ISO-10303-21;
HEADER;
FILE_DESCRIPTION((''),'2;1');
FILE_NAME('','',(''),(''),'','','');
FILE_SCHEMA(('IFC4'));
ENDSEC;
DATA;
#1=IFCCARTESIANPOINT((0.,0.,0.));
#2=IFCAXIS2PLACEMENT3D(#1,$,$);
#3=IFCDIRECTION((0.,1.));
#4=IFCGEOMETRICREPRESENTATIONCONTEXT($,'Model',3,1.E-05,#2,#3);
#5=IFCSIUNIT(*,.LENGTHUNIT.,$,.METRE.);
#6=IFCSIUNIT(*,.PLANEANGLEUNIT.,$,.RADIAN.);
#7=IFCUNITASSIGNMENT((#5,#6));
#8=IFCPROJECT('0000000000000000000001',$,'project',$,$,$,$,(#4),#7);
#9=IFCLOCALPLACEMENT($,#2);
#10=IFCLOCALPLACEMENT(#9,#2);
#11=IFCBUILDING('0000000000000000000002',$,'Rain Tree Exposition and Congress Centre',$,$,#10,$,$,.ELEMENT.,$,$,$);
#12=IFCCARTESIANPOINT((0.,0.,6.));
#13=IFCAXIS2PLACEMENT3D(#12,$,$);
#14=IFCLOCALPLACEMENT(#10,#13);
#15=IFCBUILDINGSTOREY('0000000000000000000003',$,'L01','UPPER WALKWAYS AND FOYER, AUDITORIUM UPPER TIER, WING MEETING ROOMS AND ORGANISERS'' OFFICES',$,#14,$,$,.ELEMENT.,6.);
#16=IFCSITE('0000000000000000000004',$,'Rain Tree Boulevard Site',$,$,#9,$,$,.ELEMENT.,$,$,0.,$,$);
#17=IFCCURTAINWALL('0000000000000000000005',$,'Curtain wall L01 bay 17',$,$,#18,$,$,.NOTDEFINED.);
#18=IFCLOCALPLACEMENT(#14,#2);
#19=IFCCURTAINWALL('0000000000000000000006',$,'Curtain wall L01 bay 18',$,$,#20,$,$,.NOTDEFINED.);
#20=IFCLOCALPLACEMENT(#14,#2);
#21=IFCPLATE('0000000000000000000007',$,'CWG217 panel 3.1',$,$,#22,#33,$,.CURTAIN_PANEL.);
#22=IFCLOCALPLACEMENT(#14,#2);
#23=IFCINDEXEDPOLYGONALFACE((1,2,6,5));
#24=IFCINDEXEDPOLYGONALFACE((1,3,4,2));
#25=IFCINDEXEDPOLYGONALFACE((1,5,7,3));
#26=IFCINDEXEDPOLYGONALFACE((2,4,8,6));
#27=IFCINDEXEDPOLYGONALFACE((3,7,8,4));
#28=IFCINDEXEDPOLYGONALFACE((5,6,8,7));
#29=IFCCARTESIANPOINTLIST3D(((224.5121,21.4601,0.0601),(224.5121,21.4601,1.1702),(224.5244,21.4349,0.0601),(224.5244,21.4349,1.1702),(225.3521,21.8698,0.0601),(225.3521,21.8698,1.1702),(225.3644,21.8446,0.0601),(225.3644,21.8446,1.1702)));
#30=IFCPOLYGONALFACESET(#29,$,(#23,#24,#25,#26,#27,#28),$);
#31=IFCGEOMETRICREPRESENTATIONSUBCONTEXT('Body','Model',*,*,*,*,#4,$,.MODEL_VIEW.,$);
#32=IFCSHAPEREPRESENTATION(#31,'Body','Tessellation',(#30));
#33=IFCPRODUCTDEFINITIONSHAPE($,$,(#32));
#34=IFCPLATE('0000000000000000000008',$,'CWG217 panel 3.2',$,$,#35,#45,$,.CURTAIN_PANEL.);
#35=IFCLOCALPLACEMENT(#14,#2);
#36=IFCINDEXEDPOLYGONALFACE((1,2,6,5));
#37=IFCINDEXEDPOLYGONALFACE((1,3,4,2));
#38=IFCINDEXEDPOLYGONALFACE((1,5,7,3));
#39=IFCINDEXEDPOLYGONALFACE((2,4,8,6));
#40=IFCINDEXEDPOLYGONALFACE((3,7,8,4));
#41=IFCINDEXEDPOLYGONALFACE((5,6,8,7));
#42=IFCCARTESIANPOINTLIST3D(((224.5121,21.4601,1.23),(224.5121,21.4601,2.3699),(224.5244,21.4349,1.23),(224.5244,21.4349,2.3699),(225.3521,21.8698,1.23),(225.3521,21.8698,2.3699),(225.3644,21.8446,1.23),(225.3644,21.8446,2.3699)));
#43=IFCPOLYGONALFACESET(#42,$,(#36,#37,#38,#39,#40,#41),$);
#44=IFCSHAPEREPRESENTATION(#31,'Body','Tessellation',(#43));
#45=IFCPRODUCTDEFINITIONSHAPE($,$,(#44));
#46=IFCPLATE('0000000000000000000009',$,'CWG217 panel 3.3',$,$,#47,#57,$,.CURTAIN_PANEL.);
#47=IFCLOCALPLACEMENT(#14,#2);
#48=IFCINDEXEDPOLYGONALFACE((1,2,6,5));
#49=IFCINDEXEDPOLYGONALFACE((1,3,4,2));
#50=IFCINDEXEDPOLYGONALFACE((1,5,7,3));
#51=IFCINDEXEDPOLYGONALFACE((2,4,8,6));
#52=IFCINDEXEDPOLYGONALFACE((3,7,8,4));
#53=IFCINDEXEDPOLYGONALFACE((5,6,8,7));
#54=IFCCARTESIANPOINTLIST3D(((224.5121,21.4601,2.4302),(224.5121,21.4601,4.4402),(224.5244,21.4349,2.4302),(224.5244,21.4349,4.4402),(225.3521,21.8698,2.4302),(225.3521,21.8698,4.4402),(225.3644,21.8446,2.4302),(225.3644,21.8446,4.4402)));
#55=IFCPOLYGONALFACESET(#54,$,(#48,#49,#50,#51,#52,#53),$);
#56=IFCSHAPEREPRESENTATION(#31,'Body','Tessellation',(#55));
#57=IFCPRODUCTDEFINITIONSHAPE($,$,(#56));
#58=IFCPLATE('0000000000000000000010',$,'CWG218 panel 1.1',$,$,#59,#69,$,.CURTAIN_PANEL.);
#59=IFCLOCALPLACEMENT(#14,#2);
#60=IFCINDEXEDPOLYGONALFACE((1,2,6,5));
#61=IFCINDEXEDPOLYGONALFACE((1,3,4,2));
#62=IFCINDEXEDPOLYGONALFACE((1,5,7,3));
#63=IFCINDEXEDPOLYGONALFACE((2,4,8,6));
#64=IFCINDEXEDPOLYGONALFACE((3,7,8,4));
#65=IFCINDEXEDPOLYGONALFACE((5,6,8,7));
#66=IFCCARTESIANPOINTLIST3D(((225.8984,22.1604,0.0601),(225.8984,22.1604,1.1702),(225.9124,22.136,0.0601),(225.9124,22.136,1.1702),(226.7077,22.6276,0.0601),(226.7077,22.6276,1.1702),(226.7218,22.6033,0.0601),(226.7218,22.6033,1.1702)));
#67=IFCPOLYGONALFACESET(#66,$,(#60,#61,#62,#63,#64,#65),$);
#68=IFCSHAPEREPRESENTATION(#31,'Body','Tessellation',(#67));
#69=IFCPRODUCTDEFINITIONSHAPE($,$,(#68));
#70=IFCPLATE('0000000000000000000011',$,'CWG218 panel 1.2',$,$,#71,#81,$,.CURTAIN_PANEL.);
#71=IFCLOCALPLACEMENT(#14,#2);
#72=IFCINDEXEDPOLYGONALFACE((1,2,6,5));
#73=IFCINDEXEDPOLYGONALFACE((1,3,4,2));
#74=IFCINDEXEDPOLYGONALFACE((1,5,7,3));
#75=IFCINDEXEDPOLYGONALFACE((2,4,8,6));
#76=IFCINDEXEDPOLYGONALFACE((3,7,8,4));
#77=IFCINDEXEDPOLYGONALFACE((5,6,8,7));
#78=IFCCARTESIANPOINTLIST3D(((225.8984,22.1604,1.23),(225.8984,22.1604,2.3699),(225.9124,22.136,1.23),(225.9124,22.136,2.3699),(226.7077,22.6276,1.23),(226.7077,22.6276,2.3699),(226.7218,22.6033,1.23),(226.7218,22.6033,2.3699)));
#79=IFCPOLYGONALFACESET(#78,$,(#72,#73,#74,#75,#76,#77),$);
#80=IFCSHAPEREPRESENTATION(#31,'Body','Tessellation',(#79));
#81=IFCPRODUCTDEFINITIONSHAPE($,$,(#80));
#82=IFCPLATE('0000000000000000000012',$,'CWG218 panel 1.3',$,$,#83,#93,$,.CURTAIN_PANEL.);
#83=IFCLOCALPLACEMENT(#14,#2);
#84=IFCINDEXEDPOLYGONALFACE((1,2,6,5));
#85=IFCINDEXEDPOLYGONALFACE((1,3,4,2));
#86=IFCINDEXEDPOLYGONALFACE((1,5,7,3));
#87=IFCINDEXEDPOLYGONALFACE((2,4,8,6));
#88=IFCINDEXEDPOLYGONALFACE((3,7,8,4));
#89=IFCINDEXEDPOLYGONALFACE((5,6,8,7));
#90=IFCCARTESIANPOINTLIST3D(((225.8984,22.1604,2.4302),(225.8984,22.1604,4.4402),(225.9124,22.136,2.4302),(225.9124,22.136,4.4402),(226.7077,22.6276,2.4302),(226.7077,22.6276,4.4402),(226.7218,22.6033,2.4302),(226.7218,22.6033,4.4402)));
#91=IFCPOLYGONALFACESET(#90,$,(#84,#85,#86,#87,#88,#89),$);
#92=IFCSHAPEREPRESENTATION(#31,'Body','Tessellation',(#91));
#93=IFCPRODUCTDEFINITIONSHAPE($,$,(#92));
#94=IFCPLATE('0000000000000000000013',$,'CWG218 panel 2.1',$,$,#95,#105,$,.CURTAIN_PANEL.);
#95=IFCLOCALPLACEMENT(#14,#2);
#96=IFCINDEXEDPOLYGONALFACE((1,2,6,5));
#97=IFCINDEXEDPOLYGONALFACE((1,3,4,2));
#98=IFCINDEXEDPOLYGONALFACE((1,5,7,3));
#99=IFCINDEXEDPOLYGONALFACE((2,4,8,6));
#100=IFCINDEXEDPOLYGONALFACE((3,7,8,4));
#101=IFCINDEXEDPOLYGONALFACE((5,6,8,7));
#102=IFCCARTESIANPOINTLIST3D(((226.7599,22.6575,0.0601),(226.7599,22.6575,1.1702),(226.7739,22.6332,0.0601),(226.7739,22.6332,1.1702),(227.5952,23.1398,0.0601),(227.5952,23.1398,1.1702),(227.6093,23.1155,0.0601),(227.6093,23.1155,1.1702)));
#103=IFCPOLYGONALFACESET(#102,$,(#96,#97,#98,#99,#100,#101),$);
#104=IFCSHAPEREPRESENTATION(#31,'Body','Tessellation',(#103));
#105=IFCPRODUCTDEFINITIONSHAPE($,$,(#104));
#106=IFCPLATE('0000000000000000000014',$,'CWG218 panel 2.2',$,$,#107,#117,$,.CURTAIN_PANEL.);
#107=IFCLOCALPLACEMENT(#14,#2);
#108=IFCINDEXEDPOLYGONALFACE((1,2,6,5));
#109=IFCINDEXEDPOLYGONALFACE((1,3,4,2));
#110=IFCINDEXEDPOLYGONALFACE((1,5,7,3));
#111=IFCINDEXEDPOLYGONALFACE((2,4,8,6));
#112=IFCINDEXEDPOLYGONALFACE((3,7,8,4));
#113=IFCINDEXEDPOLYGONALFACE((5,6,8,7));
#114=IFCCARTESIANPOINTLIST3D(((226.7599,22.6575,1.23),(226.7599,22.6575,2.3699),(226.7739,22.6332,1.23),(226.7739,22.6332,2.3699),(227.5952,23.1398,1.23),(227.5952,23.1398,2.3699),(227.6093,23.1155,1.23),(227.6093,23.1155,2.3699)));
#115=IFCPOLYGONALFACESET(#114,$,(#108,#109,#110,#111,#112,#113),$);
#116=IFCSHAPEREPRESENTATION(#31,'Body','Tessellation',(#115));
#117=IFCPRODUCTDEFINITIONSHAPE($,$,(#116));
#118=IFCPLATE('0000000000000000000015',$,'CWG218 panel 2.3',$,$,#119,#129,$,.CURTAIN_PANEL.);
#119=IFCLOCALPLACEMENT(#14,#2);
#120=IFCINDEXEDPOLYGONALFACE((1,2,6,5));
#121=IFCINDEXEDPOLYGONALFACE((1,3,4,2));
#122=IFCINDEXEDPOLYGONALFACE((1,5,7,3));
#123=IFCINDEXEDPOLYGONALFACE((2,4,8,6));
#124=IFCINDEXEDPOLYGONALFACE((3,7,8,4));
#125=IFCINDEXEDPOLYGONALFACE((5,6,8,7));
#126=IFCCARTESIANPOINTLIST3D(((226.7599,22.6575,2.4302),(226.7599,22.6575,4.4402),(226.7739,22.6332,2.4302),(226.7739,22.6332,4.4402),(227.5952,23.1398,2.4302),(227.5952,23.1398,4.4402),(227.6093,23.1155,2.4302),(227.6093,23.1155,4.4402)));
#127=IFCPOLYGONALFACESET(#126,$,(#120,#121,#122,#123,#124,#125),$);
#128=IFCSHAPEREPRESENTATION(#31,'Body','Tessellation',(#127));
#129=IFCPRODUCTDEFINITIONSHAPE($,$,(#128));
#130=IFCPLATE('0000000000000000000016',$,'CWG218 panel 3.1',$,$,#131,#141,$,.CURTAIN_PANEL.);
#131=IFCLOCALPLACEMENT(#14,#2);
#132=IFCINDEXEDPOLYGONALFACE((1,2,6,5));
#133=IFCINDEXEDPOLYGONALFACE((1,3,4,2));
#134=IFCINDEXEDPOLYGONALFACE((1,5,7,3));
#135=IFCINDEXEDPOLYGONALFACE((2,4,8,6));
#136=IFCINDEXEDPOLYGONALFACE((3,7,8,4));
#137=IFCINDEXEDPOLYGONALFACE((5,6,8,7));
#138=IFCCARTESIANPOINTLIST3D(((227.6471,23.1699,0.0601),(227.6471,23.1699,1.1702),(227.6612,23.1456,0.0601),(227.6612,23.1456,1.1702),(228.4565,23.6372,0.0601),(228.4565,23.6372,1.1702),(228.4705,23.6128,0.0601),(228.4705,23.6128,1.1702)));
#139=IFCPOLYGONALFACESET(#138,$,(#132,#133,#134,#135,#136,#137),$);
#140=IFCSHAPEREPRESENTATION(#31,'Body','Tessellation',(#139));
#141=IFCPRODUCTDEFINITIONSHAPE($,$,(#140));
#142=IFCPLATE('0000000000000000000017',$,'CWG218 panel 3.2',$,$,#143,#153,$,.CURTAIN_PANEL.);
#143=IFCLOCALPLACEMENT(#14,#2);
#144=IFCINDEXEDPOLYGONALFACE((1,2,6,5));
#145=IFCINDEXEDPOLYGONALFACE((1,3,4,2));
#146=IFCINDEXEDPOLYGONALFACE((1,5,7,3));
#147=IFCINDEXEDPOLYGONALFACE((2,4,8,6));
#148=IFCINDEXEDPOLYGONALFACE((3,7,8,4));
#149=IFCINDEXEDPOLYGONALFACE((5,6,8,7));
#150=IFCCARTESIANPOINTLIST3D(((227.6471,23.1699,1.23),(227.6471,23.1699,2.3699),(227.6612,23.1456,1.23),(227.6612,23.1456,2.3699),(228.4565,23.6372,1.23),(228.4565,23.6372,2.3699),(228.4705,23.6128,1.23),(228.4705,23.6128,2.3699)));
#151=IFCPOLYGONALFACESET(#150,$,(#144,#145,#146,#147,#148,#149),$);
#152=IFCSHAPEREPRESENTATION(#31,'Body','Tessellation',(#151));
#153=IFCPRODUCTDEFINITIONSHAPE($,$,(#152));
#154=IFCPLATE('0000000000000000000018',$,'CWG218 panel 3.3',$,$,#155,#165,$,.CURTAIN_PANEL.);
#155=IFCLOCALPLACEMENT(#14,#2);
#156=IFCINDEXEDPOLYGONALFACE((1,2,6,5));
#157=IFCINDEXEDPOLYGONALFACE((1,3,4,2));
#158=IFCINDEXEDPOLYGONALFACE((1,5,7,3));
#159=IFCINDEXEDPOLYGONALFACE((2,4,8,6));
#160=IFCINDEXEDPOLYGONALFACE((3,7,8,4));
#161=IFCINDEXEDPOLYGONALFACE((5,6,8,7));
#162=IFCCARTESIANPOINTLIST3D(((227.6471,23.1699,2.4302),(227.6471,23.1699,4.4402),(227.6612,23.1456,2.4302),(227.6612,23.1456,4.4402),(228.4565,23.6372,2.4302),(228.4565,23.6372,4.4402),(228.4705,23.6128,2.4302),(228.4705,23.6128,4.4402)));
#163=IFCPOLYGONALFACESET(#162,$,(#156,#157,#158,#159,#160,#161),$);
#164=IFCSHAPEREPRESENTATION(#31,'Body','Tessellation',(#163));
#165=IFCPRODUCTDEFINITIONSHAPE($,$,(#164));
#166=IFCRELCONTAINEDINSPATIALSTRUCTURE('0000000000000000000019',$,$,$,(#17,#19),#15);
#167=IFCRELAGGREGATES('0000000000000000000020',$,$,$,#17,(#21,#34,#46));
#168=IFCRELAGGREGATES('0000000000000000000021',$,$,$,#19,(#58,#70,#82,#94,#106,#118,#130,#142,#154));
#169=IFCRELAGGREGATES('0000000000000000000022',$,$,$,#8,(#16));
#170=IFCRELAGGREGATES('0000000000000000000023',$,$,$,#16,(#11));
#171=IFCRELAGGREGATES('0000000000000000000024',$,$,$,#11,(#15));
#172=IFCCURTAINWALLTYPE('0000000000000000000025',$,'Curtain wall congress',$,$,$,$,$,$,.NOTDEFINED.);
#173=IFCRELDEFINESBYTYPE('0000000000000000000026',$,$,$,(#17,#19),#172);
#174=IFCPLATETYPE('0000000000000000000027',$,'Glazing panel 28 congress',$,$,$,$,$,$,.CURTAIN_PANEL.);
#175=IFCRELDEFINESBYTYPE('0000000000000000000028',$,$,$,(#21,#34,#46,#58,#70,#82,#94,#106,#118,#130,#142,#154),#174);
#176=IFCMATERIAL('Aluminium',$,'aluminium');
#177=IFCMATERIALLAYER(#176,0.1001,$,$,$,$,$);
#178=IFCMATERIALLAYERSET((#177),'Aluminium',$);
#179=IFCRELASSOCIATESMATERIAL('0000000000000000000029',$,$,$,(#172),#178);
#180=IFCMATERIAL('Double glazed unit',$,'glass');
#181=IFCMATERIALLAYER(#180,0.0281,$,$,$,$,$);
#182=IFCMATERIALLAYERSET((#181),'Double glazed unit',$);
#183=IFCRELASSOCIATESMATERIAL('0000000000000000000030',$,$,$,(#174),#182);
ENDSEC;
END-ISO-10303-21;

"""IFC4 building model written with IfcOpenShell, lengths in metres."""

from ifc_helpers import new_model, si_unit, direction, frame, origin, origin_2d, place, context, subcontext, project, spatial, rectangle, extrude, material, layer, layer_set, type_object, element, aggregate, save


model = new_model("IFC4")

# Units and contexts
model_context = context("Model", 3, precision=1e-05, world=origin(), true_north=direction((0.0, 1.0)))
body_context = subcontext(model_context, "Body", "Model", "MODEL_VIEW")
ifc_project = project(units=[si_unit("LENGTHUNIT", "METRE"), si_unit("PLANEANGLEUNIT", "RADIAN")], contexts=[model_context])

# Site, building, storey
site_placement = place(None, origin())
site = spatial("IfcSite", under=ifc_project, at=site_placement, Name="Rain Tree Boulevard Site", CompositionType="ELEMENT", RefElevation=0.0)
building_placement = place(site_placement, origin())
building = spatial("IfcBuilding", under=site, at=building_placement, Name="Rain Tree Exposition and Congress Centre", CompositionType="ELEMENT")
storey_placement = place(building_placement, frame((0.0, 0.0, 6.0)))
storey = spatial("IfcBuildingStorey", under=building, at=storey_placement, Name="L01", Description="UPPER WALKWAYS AND FOYER, AUDITORIUM UPPER TIER, WING MEETING ROOMS AND ORGANISERS' OFFICES", CompositionType="ELEMENT", Elevation=6.0)

# Curtain wall
ifc_material_1 = material(Name="Aluminium", Category="aluminium")
ifc_layer_1 = layer(ifc_material_1, 0.1001)
ifc_layer_set_1 = layer_set([ifc_layer_1], Name="Aluminium")
curtain_wall_type = type_object("IfcCurtainWallType", Name="Curtain wall congress", PredefinedType="NOTDEFINED", material=ifc_layer_set_1)
curtain_wall_1_placement = place(storey_placement, origin())
curtain_wall_1 = element("IfcCurtainWall", 1, at=curtain_wall_1_placement, inside=storey, type_object=curtain_wall_type, Name="Curtain wall L01 bay 17", PredefinedType="NOTDEFINED")

# Curtain wall
curtain_wall_2_placement = place(storey_placement, origin())
curtain_wall_2 = element("IfcCurtainWall", 2, at=curtain_wall_2_placement, inside=storey, type_object=curtain_wall_type, Name="Curtain wall L01 bay 18", PredefinedType="NOTDEFINED")

# Plates
ifc_material_2 = material(Name="Double glazed unit", Category="glass")
ifc_layer_2 = layer(ifc_material_2, 0.0281)
ifc_layer_set_2 = layer_set([ifc_layer_2], Name="Double glazed unit")
plate_type = type_object("IfcPlateType", Name="Glazing panel 28 congress", PredefinedType="CURTAIN_PANEL", material=ifc_layer_set_2)
plate_1_placement = place(storey_placement, frame((224.9382, 21.6523, 0.0601), z_axis=(0.0, 0.0, 1.0), x_axis=(0.898795, 0.438369, 0.0)))
plate_1 = element("IfcPlate", 3, at=plate_1_placement, type_object=plate_type, Name="CWG217 panel 3.1", PredefinedType="CURTAIN_PANEL", context=body_context, shape_type="SweptSolid", body=[
    extrude(rectangle(XDim=0.9346, YDim=0.0281, at=origin_2d()), origin(), (0.0, 0.0, 1.0), 1.1101),
])
plate_2_placement = place(storey_placement, frame((224.9382, 21.6523, 1.23), z_axis=(0.0, 0.0, 1.0), x_axis=(0.898795, 0.438369, 0.0)))
plate_2 = element("IfcPlate", 4, at=plate_2_placement, type_object=plate_type, Name="CWG217 panel 3.2", PredefinedType="CURTAIN_PANEL", context=body_context, shape_type="SweptSolid", body=[
    extrude(rectangle(XDim=0.9346, YDim=0.0281, at=origin_2d()), origin(), (0.0, 0.0, 1.0), 1.1399),
])
plate_3_placement = place(storey_placement, frame((224.9382, 21.6523, 2.4302), z_axis=(0.0, 0.0, 1.0), x_axis=(0.898795, 0.438369, 0.0)))
plate_3 = element("IfcPlate", 5, at=plate_3_placement, type_object=plate_type, Name="CWG217 panel 3.3", PredefinedType="CURTAIN_PANEL", context=body_context, shape_type="SweptSolid", body=[
    extrude(rectangle(XDim=0.9346, YDim=0.0281, at=origin_2d()), origin(), (0.0, 0.0, 1.0), 2.01),
])
aggregate(curtain_wall_1, [plate_1, plate_2, plate_3])
plate_4_placement = place(storey_placement, frame((226.3101, 22.3818, 0.0601), z_axis=(0.0, 0.0, 1.0), x_axis=(0.866032, 0.499988, 0.0)))
plate_4 = element("IfcPlate", 6, at=plate_4_placement, type_object=plate_type, Name="CWG218 panel 1.1", PredefinedType="CURTAIN_PANEL", context=body_context, shape_type="SweptSolid", body=[
    extrude(rectangle(XDim=0.9346, YDim=0.0281, at=origin_2d()), origin(), (0.0, 0.0, 1.0), 1.1101),
])
plate_5_placement = place(storey_placement, frame((226.3101, 22.3818, 1.23), z_axis=(0.0, 0.0, 1.0), x_axis=(0.866032, 0.499988, 0.0)))
plate_5 = element("IfcPlate", 7, at=plate_5_placement, type_object=plate_type, Name="CWG218 panel 1.2", PredefinedType="CURTAIN_PANEL", context=body_context, shape_type="SweptSolid", body=[
    extrude(rectangle(XDim=0.9346, YDim=0.0281, at=origin_2d()), origin(), (0.0, 0.0, 1.0), 1.1399),
])
plate_6_placement = place(storey_placement, frame((226.3101, 22.3818, 2.4302), z_axis=(0.0, 0.0, 1.0), x_axis=(0.866032, 0.499988, 0.0)))
plate_6 = element("IfcPlate", 8, at=plate_6_placement, type_object=plate_type, Name="CWG218 panel 1.3", PredefinedType="CURTAIN_PANEL", context=body_context, shape_type="SweptSolid", body=[
    extrude(rectangle(XDim=0.9346, YDim=0.0281, at=origin_2d()), origin(), (0.0, 0.0, 1.0), 2.01),
])
plate_7_placement = place(storey_placement, frame((227.1846, 22.8865, 0.0601), z_axis=(0.0, 0.0, 1.0), x_axis=(0.866032, 0.499988, 0.0)))
plate_7 = element("IfcPlate", 9, at=plate_7_placement, type_object=plate_type, Name="CWG218 panel 2.1", PredefinedType="CURTAIN_PANEL", context=body_context, shape_type="SweptSolid", body=[
    extrude(rectangle(XDim=0.9646, YDim=0.0281, at=origin_2d()), origin(), (0.0, 0.0, 1.0), 1.1101),
])
plate_8_placement = place(storey_placement, frame((227.1846, 22.8865, 1.23), z_axis=(0.0, 0.0, 1.0), x_axis=(0.866032, 0.499988, 0.0)))
plate_8 = element("IfcPlate", 10, at=plate_8_placement, type_object=plate_type, Name="CWG218 panel 2.2", PredefinedType="CURTAIN_PANEL", context=body_context, shape_type="SweptSolid", body=[
    extrude(rectangle(XDim=0.9646, YDim=0.0281, at=origin_2d()), origin(), (0.0, 0.0, 1.0), 1.1399),
])
plate_9_placement = place(storey_placement, frame((227.1846, 22.8865, 2.4302), z_axis=(0.0, 0.0, 1.0), x_axis=(0.866032, 0.499988, 0.0)))
plate_9 = element("IfcPlate", 11, at=plate_9_placement, type_object=plate_type, Name="CWG218 panel 2.3", PredefinedType="CURTAIN_PANEL", context=body_context, shape_type="SweptSolid", body=[
    extrude(rectangle(XDim=0.9646, YDim=0.0281, at=origin_2d()), origin(), (0.0, 0.0, 1.0), 2.01),
])
plate_10_placement = place(storey_placement, frame((228.0588, 23.3914, 0.0601), z_axis=(0.0, 0.0, 1.0), x_axis=(0.866032, 0.499988, 0.0)))
plate_10 = element("IfcPlate", 12, at=plate_10_placement, type_object=plate_type, Name="CWG218 panel 3.1", PredefinedType="CURTAIN_PANEL", context=body_context, shape_type="SweptSolid", body=[
    extrude(rectangle(XDim=0.9346, YDim=0.0281, at=origin_2d()), origin(), (0.0, 0.0, 1.0), 1.1101),
])
plate_11_placement = place(storey_placement, frame((228.0588, 23.3914, 1.23), z_axis=(0.0, 0.0, 1.0), x_axis=(0.866032, 0.499988, 0.0)))
plate_11 = element("IfcPlate", 13, at=plate_11_placement, type_object=plate_type, Name="CWG218 panel 3.2", PredefinedType="CURTAIN_PANEL", context=body_context, shape_type="SweptSolid", body=[
    extrude(rectangle(XDim=0.9346, YDim=0.0281, at=origin_2d()), origin(), (0.0, 0.0, 1.0), 1.1399),
])
plate_12_placement = place(storey_placement, frame((228.0588, 23.3914, 2.4302), z_axis=(0.0, 0.0, 1.0), x_axis=(0.866032, 0.499988, 0.0)))
plate_12 = element("IfcPlate", 14, at=plate_12_placement, type_object=plate_type, Name="CWG218 panel 3.3", PredefinedType="CURTAIN_PANEL", context=body_context, shape_type="SweptSolid", body=[
    extrude(rectangle(XDim=0.9346, YDim=0.0281, at=origin_2d()), origin(), (0.0, 0.0, 1.0), 2.01),
])
aggregate(curtain_wall_2, [plate_4, plate_5, plate_6, plate_7, plate_8, plate_9, plate_10, plate_11, plate_12])

save(model, "model.ifc")
